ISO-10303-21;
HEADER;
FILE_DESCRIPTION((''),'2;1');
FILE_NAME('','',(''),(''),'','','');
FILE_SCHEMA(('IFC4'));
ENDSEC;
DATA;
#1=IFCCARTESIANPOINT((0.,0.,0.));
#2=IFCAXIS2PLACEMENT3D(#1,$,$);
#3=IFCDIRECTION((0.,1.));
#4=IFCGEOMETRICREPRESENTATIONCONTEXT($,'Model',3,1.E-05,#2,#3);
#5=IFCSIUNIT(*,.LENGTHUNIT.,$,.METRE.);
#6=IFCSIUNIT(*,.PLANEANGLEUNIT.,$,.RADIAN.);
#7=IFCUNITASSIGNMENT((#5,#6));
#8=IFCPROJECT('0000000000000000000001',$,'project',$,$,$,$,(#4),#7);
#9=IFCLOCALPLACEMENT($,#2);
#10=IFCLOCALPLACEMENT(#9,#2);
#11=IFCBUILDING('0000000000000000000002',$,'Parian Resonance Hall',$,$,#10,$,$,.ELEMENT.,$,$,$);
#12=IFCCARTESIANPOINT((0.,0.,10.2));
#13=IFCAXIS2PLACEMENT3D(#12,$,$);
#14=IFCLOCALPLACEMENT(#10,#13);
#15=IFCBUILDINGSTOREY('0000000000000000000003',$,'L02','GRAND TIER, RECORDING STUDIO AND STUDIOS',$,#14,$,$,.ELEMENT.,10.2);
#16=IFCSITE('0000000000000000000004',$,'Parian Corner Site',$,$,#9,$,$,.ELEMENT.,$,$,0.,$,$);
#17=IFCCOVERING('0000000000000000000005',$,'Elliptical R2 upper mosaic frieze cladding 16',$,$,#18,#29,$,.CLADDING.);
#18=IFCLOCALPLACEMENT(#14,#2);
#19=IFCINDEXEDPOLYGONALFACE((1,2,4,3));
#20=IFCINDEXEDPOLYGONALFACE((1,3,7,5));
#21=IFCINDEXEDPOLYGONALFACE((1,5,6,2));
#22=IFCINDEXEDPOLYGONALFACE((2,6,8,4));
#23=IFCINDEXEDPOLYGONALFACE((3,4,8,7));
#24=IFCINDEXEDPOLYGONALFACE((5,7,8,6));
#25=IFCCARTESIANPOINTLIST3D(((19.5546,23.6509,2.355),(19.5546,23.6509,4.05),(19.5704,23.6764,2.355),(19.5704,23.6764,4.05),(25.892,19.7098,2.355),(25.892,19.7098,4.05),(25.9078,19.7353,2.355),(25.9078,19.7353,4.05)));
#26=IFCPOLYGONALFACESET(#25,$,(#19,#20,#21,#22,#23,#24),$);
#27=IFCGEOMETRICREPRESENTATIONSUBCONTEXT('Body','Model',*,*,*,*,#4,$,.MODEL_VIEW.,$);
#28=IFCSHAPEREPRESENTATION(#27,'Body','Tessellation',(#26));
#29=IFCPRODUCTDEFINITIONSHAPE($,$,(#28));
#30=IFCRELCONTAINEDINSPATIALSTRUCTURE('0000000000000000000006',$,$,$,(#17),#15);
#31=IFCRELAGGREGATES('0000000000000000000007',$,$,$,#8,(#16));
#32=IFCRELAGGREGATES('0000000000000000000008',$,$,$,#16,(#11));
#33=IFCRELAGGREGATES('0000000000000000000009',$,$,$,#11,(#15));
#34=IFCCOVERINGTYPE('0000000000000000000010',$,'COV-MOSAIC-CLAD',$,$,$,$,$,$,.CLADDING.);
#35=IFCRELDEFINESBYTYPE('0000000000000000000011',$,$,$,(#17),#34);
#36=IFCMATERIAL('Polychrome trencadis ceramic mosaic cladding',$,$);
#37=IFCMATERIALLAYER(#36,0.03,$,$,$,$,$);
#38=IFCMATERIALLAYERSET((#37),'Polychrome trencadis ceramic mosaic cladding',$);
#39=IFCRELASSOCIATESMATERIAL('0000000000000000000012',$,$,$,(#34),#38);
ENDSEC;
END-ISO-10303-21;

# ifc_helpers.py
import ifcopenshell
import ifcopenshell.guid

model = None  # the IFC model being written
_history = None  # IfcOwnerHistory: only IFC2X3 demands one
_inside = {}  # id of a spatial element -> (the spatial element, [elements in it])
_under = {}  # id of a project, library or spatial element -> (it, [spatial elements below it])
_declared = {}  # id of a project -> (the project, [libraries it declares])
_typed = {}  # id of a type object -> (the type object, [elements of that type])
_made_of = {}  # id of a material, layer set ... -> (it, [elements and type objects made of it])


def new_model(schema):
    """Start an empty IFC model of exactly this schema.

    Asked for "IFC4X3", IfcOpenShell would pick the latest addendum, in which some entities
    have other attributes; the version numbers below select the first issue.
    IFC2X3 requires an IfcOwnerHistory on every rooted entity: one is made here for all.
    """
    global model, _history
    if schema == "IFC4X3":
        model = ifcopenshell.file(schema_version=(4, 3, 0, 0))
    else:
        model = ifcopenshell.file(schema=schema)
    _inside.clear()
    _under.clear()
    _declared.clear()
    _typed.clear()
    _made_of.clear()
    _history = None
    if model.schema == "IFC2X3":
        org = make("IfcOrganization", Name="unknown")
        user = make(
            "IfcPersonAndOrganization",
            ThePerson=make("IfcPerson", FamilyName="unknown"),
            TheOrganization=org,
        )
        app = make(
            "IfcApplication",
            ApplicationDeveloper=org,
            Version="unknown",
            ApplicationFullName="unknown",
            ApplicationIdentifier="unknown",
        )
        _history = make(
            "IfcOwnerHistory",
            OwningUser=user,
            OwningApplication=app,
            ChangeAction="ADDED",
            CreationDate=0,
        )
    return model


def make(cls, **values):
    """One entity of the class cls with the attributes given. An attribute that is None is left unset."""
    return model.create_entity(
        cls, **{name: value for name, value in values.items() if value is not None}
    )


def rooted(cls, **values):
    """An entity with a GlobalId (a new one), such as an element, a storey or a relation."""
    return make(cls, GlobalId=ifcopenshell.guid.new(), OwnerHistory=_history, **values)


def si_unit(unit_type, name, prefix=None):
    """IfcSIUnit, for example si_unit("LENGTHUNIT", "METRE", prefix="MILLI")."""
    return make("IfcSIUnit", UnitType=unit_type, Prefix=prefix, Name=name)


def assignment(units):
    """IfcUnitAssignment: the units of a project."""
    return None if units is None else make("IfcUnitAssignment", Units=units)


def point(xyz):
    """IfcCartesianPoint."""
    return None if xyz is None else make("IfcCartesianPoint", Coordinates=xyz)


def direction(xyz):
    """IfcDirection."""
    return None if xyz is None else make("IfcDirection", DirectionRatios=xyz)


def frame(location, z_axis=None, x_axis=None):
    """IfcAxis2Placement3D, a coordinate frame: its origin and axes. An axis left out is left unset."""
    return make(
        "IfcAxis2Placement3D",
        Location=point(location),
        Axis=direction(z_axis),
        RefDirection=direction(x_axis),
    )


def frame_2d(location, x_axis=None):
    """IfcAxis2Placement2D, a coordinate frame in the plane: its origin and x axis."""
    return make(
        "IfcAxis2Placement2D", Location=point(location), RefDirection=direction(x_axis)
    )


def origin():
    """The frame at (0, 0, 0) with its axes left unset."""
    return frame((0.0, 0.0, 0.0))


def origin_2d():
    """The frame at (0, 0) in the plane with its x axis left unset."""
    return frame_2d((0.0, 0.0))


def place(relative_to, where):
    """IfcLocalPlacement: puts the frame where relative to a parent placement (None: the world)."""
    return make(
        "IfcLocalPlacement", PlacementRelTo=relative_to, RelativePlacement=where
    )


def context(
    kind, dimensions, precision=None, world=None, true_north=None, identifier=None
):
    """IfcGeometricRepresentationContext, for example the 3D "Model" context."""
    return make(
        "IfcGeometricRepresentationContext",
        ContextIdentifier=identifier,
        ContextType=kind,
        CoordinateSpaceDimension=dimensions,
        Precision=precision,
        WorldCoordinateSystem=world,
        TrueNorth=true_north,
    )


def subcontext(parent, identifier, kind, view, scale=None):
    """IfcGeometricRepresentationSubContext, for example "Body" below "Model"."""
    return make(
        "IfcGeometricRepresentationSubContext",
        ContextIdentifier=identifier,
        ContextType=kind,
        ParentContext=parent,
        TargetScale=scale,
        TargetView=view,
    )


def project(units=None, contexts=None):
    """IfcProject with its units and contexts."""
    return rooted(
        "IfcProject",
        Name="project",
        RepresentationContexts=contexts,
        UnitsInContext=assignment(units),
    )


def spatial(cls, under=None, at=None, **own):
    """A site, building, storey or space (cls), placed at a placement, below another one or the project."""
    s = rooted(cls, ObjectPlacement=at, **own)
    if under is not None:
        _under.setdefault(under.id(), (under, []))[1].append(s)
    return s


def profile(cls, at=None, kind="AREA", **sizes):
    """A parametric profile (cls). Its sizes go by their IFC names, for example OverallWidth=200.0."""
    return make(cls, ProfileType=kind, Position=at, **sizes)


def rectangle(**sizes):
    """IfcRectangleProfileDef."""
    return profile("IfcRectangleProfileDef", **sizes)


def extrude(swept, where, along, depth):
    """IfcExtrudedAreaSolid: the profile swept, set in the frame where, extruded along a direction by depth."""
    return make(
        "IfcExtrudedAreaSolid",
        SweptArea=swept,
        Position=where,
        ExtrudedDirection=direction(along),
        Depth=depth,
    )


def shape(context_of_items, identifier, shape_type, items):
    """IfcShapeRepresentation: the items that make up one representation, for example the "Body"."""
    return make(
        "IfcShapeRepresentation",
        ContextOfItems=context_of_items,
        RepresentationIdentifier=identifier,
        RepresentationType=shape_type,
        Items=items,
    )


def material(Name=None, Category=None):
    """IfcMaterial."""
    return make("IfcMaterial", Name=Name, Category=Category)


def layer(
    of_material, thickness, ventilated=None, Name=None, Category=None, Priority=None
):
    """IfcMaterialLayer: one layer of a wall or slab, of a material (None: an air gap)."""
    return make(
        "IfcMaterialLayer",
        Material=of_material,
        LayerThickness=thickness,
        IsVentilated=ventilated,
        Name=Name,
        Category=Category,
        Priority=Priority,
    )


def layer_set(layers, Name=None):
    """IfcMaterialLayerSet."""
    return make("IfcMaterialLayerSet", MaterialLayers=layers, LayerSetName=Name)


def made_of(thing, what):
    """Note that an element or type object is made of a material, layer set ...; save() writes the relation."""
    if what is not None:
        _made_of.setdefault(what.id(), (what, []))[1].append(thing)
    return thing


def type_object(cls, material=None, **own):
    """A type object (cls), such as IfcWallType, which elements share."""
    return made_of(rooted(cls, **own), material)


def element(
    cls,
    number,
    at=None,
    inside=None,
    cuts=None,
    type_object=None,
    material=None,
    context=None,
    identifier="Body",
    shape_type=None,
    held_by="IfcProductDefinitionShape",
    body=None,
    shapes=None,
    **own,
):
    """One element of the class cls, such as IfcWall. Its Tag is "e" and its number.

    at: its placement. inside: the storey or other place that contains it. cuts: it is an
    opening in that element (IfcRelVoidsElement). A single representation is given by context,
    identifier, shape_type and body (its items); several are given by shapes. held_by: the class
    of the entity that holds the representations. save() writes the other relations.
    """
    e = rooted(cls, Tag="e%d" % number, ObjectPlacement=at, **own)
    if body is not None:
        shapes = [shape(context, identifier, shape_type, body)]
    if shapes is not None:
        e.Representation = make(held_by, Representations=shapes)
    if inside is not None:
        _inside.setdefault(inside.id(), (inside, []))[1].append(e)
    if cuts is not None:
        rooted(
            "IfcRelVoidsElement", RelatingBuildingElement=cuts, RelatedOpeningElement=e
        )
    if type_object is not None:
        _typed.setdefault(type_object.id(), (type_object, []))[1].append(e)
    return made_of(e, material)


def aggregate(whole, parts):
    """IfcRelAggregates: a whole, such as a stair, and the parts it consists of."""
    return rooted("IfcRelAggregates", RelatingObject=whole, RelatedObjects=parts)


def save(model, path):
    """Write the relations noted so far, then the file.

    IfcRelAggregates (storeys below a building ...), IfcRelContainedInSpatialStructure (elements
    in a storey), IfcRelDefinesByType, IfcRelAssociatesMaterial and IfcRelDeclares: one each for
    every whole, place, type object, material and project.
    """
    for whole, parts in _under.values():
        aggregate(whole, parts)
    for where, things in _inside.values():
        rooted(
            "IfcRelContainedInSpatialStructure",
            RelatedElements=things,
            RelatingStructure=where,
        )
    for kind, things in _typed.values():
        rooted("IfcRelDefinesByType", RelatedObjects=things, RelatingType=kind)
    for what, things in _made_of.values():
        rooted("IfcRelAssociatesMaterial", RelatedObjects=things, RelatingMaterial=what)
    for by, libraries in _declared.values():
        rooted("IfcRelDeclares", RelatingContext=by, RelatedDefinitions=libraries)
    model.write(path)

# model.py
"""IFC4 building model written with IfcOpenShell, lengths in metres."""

from ifc_helpers import new_model, si_unit, direction, frame, origin, origin_2d, place, context, subcontext, project, spatial, rectangle, extrude, material, layer, layer_set, type_object, element, save


model = new_model("IFC4")

# Units and contexts
model_context = context("Model", 3, precision=1e-05, world=origin(), true_north=direction((0.0, 1.0)))
body_context = subcontext(model_context, "Body", "Model", "MODEL_VIEW")
ifc_project = project(units=[si_unit("LENGTHUNIT", "METRE"), si_unit("PLANEANGLEUNIT", "RADIAN")], contexts=[model_context])

# Site, building, storey
site_placement = place(None, origin())
site = spatial("IfcSite", under=ifc_project, at=site_placement, Name="Parian Corner Site", CompositionType="ELEMENT", RefElevation=0.0)
building_placement = place(site_placement, origin())
building = spatial("IfcBuilding", under=site, at=building_placement, Name="Parian Resonance Hall", CompositionType="ELEMENT")
storey_placement = place(building_placement, frame((0.0, 0.0, 10.2)))
storey = spatial("IfcBuildingStorey", under=building, at=storey_placement, Name="L02", Description="GRAND TIER, RECORDING STUDIO AND STUDIOS", CompositionType="ELEMENT", Elevation=10.2)

# Covering
ifc_material_1 = material(Name="Polychrome trencadis ceramic mosaic cladding")
ifc_layer_1 = layer(ifc_material_1, 0.03)
ifc_layer_set_1 = layer_set([ifc_layer_1], Name="Polychrome trencadis ceramic mosaic cladding")
covering_type = type_object("IfcCoveringType", Name="COV-MOSAIC-CLAD", PredefinedType="CLADDING", material=ifc_layer_set_1)
covering_placement = place(storey_placement, frame((22.7312, 21.6931, 2.355), z_axis=(0.0, 0.0, 1.0), x_axis=(-0.849185, 0.528096, 0.0)))
element("IfcCovering", 1, at=covering_placement, inside=storey, type_object=covering_type, Name="Elliptical R2 upper mosaic frieze cladding 16", PredefinedType="CLADDING", context=body_context, shape_type="SweptSolid", body=[
    extrude(rectangle(XDim=7.4629, YDim=0.03, at=origin_2d()), origin(), (0.0, 0.0, 1.0), 1.6951),
])

save(model, "model.ifc")
